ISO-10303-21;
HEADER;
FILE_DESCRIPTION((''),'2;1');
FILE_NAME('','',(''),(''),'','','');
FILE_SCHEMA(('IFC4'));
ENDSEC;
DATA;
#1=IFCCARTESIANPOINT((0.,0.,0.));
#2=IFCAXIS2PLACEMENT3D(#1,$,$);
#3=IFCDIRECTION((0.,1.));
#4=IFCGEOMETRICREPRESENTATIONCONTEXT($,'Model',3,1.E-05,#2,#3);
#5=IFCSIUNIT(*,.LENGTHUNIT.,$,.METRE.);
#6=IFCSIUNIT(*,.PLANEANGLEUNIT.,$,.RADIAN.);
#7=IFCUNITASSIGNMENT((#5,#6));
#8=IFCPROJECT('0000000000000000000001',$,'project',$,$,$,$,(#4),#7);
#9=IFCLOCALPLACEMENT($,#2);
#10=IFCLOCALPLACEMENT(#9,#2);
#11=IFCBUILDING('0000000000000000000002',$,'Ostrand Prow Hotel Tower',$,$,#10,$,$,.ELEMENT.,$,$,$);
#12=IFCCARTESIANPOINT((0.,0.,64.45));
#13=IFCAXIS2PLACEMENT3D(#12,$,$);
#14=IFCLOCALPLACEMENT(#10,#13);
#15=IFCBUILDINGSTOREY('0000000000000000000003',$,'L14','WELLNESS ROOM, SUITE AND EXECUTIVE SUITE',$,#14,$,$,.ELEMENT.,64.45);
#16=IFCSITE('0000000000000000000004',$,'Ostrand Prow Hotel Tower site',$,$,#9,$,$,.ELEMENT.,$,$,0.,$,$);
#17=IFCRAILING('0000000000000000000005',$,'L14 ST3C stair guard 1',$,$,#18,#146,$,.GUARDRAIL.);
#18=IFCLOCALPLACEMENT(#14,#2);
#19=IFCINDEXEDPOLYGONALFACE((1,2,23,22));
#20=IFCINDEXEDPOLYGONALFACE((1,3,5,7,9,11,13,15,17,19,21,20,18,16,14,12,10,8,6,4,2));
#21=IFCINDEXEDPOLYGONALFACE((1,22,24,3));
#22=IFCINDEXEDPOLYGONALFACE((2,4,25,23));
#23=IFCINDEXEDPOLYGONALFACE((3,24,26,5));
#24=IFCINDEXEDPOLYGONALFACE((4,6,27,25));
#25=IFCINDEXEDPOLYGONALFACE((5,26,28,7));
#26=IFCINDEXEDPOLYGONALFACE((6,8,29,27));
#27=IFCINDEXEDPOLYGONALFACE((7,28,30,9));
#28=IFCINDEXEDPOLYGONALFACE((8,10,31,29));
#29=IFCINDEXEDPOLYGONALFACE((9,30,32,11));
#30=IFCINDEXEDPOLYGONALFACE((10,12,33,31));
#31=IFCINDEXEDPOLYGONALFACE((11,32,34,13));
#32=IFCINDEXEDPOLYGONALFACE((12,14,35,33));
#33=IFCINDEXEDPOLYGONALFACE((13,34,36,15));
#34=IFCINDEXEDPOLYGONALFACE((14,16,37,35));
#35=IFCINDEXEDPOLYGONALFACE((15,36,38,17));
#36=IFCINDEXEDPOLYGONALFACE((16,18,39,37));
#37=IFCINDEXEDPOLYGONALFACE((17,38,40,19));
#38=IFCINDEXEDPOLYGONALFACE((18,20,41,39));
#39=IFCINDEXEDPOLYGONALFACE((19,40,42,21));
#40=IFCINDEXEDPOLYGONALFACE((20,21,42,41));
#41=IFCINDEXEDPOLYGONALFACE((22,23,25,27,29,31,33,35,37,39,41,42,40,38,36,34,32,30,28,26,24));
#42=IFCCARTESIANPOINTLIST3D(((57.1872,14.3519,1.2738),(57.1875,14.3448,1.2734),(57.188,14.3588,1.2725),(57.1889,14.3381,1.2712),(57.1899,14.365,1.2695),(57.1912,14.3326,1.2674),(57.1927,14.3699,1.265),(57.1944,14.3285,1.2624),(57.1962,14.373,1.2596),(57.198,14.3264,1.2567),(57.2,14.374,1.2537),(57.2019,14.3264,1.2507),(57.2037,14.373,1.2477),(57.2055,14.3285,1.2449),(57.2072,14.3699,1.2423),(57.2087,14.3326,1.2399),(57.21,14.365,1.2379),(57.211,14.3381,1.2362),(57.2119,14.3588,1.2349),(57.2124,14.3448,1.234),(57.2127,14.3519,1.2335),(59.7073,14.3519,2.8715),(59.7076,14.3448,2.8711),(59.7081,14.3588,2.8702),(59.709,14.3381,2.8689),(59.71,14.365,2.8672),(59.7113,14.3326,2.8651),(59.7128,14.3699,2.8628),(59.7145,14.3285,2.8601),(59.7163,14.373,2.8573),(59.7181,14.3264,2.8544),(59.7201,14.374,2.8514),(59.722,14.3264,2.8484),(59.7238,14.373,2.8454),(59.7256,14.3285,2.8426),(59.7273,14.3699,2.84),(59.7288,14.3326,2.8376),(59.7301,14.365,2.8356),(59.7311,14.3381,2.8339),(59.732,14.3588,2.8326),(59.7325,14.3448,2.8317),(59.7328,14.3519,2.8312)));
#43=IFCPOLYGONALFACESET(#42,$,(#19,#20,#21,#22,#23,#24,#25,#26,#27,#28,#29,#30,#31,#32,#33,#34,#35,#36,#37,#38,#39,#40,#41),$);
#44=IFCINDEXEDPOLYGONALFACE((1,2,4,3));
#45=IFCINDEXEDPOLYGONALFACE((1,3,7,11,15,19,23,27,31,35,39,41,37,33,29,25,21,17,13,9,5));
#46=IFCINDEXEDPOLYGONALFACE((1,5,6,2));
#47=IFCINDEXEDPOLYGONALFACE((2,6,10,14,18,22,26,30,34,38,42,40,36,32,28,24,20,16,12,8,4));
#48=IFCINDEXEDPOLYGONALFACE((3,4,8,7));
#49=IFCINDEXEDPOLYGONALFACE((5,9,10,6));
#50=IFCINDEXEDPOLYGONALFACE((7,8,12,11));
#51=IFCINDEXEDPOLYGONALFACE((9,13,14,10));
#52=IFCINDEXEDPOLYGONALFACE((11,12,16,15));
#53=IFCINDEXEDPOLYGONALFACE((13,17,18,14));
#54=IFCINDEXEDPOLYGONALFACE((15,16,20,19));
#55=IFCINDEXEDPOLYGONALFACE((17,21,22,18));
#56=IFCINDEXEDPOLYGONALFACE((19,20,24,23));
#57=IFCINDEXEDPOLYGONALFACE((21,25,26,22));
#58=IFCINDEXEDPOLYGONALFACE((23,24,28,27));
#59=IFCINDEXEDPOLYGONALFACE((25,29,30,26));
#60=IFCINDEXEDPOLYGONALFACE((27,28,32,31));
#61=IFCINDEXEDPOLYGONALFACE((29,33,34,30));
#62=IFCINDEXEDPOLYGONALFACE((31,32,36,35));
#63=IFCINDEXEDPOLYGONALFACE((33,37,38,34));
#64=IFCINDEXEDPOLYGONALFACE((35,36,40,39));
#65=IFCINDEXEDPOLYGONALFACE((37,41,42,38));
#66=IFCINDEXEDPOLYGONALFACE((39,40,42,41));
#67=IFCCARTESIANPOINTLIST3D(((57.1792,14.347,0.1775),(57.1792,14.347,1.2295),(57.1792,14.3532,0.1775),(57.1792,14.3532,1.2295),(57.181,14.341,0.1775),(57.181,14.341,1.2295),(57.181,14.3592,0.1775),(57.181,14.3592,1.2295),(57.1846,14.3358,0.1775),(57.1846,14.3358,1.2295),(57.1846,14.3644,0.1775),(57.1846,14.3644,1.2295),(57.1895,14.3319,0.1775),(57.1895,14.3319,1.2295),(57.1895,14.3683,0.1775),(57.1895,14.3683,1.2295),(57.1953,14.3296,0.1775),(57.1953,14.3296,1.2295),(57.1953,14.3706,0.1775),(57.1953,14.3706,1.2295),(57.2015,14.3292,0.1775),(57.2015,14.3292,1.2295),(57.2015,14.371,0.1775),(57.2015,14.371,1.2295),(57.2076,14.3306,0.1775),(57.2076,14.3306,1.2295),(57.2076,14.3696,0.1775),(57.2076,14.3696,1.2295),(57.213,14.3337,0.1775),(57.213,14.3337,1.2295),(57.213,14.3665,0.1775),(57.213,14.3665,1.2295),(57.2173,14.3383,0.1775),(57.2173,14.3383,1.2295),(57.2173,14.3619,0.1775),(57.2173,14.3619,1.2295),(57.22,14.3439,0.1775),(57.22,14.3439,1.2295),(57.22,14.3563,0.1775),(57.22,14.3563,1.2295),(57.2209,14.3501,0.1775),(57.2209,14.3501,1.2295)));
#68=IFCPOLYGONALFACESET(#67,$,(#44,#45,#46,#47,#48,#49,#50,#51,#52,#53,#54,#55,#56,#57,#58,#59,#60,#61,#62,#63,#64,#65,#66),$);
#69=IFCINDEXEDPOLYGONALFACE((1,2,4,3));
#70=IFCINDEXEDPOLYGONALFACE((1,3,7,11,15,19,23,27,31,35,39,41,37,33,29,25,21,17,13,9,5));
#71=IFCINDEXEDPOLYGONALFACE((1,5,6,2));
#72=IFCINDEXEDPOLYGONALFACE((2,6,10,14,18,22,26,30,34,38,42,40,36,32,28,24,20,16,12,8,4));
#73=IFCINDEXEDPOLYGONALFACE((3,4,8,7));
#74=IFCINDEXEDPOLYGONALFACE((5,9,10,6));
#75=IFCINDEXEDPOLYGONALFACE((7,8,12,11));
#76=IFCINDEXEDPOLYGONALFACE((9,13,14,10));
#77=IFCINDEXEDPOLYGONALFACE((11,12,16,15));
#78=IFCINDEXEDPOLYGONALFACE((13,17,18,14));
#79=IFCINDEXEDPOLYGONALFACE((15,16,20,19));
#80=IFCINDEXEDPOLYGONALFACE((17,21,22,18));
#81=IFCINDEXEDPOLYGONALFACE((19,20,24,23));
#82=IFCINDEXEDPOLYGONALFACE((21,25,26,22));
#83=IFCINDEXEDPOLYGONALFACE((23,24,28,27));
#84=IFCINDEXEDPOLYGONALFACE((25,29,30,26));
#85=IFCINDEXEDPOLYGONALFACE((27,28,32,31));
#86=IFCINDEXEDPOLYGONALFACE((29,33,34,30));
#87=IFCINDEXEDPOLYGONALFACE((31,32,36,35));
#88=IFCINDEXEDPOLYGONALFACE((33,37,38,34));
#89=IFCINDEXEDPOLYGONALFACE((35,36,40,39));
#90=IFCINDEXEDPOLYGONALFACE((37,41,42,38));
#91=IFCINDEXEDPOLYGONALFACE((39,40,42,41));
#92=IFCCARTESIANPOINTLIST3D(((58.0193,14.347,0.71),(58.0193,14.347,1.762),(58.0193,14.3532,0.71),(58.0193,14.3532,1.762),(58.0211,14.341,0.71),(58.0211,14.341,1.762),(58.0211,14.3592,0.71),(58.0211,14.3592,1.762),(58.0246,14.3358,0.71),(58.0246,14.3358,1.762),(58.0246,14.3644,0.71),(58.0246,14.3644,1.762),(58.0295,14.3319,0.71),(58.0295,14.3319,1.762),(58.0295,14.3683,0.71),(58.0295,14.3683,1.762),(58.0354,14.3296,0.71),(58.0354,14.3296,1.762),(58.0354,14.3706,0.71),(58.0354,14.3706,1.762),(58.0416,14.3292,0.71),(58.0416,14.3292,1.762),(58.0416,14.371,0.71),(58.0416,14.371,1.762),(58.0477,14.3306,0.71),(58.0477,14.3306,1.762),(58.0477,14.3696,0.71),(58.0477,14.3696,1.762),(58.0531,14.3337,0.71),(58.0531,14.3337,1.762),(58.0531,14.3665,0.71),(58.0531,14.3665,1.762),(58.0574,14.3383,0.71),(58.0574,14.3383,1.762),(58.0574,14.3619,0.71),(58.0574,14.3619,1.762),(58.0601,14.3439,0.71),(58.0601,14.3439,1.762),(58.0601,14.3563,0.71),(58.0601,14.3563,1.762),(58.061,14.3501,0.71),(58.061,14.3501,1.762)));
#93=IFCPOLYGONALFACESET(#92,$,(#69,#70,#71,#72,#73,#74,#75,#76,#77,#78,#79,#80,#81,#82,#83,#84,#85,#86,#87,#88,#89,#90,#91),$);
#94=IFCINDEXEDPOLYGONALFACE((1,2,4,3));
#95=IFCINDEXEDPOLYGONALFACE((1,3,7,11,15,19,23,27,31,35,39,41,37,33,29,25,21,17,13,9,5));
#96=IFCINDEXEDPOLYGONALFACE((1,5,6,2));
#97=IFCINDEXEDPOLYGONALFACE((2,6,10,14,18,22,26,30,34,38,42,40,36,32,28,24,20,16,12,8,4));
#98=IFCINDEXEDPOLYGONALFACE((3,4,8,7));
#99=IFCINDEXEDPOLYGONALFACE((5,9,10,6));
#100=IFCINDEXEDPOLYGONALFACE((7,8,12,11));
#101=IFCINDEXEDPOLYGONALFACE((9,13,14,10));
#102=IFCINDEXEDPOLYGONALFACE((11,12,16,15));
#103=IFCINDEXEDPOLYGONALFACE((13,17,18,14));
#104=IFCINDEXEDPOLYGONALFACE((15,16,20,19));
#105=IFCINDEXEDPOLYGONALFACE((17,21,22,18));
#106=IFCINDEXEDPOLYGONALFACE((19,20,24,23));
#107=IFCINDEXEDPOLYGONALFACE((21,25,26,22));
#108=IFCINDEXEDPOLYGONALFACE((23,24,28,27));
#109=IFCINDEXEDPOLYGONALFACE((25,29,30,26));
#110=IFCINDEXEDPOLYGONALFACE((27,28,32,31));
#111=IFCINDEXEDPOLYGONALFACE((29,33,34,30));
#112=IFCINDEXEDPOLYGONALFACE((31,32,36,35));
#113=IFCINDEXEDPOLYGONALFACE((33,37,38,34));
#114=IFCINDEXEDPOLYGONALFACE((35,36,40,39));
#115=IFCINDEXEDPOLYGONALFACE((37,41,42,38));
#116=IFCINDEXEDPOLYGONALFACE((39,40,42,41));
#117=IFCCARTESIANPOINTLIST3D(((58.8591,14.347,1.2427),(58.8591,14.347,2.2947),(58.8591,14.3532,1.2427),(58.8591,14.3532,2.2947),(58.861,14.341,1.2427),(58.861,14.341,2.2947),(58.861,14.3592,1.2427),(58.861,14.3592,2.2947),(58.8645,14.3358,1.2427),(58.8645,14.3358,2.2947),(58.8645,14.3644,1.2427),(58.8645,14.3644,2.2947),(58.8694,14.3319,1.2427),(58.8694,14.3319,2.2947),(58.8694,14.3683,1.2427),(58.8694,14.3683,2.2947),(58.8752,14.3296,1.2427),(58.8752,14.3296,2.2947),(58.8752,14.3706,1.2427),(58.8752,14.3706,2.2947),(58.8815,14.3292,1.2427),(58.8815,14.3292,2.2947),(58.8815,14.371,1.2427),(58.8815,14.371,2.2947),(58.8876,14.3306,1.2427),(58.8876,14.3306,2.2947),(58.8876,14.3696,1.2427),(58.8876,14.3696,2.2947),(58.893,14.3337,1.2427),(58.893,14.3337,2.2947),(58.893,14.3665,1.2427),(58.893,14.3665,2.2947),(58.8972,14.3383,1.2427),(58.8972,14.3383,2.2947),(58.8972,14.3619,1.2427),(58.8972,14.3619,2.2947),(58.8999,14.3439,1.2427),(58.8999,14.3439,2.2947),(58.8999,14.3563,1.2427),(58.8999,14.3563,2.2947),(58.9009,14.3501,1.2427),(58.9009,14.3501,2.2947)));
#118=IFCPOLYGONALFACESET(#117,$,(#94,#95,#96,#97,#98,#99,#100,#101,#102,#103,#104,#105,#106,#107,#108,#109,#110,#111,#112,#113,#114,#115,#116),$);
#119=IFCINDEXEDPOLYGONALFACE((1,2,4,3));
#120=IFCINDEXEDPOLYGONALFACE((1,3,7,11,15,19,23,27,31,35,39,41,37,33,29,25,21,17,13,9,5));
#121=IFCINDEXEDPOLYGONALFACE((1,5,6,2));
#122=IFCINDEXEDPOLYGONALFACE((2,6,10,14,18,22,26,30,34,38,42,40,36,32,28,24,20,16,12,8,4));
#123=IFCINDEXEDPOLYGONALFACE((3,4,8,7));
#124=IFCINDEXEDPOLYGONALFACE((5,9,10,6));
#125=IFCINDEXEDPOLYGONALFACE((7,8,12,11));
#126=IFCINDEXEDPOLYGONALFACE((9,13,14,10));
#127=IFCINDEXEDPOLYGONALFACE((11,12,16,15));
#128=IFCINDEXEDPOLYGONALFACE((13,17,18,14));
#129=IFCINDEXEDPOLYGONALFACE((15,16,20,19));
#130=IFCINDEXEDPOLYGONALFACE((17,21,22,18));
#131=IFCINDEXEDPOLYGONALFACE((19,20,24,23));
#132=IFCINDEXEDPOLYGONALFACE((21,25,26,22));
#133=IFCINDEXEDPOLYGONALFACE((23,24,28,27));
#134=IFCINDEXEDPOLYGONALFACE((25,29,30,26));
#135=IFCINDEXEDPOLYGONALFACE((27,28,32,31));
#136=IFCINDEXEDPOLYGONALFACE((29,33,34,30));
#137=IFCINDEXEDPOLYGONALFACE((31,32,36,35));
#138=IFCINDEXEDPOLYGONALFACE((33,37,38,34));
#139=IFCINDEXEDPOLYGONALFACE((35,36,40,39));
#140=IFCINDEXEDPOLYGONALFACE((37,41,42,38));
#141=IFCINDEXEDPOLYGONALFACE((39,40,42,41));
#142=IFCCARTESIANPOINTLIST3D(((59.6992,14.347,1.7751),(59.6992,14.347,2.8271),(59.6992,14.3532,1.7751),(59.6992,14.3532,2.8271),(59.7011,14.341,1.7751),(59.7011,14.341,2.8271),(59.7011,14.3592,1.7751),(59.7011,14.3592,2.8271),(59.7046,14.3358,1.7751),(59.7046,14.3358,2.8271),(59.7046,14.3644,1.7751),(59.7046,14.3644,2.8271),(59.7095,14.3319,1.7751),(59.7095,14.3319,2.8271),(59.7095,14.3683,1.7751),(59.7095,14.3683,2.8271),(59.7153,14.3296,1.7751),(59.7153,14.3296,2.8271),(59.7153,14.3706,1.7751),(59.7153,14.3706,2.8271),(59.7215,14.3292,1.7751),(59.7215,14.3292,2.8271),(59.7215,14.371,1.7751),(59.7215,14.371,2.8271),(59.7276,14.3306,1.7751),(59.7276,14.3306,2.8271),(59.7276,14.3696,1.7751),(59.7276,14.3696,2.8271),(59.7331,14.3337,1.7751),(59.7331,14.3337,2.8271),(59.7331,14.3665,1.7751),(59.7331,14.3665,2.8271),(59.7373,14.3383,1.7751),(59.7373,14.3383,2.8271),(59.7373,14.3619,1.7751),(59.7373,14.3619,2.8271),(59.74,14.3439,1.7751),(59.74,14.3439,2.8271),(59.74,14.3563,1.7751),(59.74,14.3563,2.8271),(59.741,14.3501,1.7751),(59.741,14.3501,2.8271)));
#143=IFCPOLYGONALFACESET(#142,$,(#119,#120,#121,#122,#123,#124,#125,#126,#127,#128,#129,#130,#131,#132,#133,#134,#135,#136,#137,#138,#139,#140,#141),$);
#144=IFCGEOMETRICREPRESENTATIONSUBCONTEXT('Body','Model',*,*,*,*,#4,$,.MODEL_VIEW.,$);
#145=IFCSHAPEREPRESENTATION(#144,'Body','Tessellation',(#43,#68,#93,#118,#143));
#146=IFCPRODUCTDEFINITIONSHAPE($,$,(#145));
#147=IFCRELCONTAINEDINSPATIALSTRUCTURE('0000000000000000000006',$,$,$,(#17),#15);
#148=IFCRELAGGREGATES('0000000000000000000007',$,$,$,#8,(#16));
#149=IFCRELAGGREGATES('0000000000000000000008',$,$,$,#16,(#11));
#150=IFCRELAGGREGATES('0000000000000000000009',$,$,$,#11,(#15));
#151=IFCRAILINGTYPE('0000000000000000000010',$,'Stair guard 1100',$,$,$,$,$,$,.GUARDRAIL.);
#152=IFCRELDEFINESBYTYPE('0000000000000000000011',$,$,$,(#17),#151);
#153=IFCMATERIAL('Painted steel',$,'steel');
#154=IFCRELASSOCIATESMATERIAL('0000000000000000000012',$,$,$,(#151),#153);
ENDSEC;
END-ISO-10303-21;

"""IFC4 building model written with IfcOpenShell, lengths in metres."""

from ifc_helpers import new_model, si_unit, direction, frame, origin, origin_2d, place, context, subcontext, project, spatial, circle, extrude, material, type_object, element, save


model = new_model("IFC4")

# Units and contexts
model_context = context("Model", 3, precision=1e-05, world=origin(), true_north=direction((0.0, 1.0)))
body_context = subcontext(model_context, "Body", "Model", "MODEL_VIEW")
ifc_project = project(units=[si_unit("LENGTHUNIT", "METRE"), si_unit("PLANEANGLEUNIT", "RADIAN")], contexts=[model_context])

# Site, building, storey
site_placement = place(None, origin())
site = spatial("IfcSite", under=ifc_project, at=site_placement, Name="Ostrand Prow Hotel Tower site", CompositionType="ELEMENT", RefElevation=0.0)
building_placement = place(site_placement, origin())
building = spatial("IfcBuilding", under=site, at=building_placement, Name="Ostrand Prow Hotel Tower", CompositionType="ELEMENT")
storey_placement = place(building_placement, frame((0.0, 0.0, 64.45)))
storey = spatial("IfcBuildingStorey", under=building, at=storey_placement, Name="L14", Description="WELLNESS ROOM, SUITE AND EXECUTIVE SUITE", CompositionType="ELEMENT", Elevation=64.45)

# Railing
ifc_material_1 = material(Name="Painted steel", Category="steel")
railing_type_1 = type_object("IfcRailingType", Name="Stair guard 1100", PredefinedType="GUARDRAIL", material=ifc_material_1)
railing_1_placement = place(storey_placement, frame((57.2, 14.3501, 0.1775)))
element("IfcRailing", 1, at=railing_1_placement, inside=storey, type_object=railing_type_1, Name="L14 ST3C stair guard 1", PredefinedType="GUARDRAIL", context=body_context, shape_type="SweptSolid", body=[
    extrude(circle(Radius=0.0239, at=origin_2d()), frame((0.0, 0.0, 1.0762), z_axis=(0.84457, 0.0, 0.535445), x_axis=(0.0, 1.0, 0.0)), (0.0, 0.0, 1.0), 2.9839),
    extrude(circle(Radius=0.021, at=origin_2d()), origin(), (0.0, 0.0, 1.0), 1.052),
    extrude(circle(Radius=0.021, at=origin_2d()), frame((0.8401, 0.0, 0.5325)), (0.0, 0.0, 1.0), 1.052),
    extrude(circle(Radius=0.021, at=origin_2d()), frame((1.6799, 0.0, 1.0652)), (0.0, 0.0, 1.0), 1.052),
    extrude(circle(Radius=0.021, at=origin_2d()), frame((2.52, 0.0, 1.5977)), (0.0, 0.0, 1.0), 1.052),
])

save(model, "model.ifc")
